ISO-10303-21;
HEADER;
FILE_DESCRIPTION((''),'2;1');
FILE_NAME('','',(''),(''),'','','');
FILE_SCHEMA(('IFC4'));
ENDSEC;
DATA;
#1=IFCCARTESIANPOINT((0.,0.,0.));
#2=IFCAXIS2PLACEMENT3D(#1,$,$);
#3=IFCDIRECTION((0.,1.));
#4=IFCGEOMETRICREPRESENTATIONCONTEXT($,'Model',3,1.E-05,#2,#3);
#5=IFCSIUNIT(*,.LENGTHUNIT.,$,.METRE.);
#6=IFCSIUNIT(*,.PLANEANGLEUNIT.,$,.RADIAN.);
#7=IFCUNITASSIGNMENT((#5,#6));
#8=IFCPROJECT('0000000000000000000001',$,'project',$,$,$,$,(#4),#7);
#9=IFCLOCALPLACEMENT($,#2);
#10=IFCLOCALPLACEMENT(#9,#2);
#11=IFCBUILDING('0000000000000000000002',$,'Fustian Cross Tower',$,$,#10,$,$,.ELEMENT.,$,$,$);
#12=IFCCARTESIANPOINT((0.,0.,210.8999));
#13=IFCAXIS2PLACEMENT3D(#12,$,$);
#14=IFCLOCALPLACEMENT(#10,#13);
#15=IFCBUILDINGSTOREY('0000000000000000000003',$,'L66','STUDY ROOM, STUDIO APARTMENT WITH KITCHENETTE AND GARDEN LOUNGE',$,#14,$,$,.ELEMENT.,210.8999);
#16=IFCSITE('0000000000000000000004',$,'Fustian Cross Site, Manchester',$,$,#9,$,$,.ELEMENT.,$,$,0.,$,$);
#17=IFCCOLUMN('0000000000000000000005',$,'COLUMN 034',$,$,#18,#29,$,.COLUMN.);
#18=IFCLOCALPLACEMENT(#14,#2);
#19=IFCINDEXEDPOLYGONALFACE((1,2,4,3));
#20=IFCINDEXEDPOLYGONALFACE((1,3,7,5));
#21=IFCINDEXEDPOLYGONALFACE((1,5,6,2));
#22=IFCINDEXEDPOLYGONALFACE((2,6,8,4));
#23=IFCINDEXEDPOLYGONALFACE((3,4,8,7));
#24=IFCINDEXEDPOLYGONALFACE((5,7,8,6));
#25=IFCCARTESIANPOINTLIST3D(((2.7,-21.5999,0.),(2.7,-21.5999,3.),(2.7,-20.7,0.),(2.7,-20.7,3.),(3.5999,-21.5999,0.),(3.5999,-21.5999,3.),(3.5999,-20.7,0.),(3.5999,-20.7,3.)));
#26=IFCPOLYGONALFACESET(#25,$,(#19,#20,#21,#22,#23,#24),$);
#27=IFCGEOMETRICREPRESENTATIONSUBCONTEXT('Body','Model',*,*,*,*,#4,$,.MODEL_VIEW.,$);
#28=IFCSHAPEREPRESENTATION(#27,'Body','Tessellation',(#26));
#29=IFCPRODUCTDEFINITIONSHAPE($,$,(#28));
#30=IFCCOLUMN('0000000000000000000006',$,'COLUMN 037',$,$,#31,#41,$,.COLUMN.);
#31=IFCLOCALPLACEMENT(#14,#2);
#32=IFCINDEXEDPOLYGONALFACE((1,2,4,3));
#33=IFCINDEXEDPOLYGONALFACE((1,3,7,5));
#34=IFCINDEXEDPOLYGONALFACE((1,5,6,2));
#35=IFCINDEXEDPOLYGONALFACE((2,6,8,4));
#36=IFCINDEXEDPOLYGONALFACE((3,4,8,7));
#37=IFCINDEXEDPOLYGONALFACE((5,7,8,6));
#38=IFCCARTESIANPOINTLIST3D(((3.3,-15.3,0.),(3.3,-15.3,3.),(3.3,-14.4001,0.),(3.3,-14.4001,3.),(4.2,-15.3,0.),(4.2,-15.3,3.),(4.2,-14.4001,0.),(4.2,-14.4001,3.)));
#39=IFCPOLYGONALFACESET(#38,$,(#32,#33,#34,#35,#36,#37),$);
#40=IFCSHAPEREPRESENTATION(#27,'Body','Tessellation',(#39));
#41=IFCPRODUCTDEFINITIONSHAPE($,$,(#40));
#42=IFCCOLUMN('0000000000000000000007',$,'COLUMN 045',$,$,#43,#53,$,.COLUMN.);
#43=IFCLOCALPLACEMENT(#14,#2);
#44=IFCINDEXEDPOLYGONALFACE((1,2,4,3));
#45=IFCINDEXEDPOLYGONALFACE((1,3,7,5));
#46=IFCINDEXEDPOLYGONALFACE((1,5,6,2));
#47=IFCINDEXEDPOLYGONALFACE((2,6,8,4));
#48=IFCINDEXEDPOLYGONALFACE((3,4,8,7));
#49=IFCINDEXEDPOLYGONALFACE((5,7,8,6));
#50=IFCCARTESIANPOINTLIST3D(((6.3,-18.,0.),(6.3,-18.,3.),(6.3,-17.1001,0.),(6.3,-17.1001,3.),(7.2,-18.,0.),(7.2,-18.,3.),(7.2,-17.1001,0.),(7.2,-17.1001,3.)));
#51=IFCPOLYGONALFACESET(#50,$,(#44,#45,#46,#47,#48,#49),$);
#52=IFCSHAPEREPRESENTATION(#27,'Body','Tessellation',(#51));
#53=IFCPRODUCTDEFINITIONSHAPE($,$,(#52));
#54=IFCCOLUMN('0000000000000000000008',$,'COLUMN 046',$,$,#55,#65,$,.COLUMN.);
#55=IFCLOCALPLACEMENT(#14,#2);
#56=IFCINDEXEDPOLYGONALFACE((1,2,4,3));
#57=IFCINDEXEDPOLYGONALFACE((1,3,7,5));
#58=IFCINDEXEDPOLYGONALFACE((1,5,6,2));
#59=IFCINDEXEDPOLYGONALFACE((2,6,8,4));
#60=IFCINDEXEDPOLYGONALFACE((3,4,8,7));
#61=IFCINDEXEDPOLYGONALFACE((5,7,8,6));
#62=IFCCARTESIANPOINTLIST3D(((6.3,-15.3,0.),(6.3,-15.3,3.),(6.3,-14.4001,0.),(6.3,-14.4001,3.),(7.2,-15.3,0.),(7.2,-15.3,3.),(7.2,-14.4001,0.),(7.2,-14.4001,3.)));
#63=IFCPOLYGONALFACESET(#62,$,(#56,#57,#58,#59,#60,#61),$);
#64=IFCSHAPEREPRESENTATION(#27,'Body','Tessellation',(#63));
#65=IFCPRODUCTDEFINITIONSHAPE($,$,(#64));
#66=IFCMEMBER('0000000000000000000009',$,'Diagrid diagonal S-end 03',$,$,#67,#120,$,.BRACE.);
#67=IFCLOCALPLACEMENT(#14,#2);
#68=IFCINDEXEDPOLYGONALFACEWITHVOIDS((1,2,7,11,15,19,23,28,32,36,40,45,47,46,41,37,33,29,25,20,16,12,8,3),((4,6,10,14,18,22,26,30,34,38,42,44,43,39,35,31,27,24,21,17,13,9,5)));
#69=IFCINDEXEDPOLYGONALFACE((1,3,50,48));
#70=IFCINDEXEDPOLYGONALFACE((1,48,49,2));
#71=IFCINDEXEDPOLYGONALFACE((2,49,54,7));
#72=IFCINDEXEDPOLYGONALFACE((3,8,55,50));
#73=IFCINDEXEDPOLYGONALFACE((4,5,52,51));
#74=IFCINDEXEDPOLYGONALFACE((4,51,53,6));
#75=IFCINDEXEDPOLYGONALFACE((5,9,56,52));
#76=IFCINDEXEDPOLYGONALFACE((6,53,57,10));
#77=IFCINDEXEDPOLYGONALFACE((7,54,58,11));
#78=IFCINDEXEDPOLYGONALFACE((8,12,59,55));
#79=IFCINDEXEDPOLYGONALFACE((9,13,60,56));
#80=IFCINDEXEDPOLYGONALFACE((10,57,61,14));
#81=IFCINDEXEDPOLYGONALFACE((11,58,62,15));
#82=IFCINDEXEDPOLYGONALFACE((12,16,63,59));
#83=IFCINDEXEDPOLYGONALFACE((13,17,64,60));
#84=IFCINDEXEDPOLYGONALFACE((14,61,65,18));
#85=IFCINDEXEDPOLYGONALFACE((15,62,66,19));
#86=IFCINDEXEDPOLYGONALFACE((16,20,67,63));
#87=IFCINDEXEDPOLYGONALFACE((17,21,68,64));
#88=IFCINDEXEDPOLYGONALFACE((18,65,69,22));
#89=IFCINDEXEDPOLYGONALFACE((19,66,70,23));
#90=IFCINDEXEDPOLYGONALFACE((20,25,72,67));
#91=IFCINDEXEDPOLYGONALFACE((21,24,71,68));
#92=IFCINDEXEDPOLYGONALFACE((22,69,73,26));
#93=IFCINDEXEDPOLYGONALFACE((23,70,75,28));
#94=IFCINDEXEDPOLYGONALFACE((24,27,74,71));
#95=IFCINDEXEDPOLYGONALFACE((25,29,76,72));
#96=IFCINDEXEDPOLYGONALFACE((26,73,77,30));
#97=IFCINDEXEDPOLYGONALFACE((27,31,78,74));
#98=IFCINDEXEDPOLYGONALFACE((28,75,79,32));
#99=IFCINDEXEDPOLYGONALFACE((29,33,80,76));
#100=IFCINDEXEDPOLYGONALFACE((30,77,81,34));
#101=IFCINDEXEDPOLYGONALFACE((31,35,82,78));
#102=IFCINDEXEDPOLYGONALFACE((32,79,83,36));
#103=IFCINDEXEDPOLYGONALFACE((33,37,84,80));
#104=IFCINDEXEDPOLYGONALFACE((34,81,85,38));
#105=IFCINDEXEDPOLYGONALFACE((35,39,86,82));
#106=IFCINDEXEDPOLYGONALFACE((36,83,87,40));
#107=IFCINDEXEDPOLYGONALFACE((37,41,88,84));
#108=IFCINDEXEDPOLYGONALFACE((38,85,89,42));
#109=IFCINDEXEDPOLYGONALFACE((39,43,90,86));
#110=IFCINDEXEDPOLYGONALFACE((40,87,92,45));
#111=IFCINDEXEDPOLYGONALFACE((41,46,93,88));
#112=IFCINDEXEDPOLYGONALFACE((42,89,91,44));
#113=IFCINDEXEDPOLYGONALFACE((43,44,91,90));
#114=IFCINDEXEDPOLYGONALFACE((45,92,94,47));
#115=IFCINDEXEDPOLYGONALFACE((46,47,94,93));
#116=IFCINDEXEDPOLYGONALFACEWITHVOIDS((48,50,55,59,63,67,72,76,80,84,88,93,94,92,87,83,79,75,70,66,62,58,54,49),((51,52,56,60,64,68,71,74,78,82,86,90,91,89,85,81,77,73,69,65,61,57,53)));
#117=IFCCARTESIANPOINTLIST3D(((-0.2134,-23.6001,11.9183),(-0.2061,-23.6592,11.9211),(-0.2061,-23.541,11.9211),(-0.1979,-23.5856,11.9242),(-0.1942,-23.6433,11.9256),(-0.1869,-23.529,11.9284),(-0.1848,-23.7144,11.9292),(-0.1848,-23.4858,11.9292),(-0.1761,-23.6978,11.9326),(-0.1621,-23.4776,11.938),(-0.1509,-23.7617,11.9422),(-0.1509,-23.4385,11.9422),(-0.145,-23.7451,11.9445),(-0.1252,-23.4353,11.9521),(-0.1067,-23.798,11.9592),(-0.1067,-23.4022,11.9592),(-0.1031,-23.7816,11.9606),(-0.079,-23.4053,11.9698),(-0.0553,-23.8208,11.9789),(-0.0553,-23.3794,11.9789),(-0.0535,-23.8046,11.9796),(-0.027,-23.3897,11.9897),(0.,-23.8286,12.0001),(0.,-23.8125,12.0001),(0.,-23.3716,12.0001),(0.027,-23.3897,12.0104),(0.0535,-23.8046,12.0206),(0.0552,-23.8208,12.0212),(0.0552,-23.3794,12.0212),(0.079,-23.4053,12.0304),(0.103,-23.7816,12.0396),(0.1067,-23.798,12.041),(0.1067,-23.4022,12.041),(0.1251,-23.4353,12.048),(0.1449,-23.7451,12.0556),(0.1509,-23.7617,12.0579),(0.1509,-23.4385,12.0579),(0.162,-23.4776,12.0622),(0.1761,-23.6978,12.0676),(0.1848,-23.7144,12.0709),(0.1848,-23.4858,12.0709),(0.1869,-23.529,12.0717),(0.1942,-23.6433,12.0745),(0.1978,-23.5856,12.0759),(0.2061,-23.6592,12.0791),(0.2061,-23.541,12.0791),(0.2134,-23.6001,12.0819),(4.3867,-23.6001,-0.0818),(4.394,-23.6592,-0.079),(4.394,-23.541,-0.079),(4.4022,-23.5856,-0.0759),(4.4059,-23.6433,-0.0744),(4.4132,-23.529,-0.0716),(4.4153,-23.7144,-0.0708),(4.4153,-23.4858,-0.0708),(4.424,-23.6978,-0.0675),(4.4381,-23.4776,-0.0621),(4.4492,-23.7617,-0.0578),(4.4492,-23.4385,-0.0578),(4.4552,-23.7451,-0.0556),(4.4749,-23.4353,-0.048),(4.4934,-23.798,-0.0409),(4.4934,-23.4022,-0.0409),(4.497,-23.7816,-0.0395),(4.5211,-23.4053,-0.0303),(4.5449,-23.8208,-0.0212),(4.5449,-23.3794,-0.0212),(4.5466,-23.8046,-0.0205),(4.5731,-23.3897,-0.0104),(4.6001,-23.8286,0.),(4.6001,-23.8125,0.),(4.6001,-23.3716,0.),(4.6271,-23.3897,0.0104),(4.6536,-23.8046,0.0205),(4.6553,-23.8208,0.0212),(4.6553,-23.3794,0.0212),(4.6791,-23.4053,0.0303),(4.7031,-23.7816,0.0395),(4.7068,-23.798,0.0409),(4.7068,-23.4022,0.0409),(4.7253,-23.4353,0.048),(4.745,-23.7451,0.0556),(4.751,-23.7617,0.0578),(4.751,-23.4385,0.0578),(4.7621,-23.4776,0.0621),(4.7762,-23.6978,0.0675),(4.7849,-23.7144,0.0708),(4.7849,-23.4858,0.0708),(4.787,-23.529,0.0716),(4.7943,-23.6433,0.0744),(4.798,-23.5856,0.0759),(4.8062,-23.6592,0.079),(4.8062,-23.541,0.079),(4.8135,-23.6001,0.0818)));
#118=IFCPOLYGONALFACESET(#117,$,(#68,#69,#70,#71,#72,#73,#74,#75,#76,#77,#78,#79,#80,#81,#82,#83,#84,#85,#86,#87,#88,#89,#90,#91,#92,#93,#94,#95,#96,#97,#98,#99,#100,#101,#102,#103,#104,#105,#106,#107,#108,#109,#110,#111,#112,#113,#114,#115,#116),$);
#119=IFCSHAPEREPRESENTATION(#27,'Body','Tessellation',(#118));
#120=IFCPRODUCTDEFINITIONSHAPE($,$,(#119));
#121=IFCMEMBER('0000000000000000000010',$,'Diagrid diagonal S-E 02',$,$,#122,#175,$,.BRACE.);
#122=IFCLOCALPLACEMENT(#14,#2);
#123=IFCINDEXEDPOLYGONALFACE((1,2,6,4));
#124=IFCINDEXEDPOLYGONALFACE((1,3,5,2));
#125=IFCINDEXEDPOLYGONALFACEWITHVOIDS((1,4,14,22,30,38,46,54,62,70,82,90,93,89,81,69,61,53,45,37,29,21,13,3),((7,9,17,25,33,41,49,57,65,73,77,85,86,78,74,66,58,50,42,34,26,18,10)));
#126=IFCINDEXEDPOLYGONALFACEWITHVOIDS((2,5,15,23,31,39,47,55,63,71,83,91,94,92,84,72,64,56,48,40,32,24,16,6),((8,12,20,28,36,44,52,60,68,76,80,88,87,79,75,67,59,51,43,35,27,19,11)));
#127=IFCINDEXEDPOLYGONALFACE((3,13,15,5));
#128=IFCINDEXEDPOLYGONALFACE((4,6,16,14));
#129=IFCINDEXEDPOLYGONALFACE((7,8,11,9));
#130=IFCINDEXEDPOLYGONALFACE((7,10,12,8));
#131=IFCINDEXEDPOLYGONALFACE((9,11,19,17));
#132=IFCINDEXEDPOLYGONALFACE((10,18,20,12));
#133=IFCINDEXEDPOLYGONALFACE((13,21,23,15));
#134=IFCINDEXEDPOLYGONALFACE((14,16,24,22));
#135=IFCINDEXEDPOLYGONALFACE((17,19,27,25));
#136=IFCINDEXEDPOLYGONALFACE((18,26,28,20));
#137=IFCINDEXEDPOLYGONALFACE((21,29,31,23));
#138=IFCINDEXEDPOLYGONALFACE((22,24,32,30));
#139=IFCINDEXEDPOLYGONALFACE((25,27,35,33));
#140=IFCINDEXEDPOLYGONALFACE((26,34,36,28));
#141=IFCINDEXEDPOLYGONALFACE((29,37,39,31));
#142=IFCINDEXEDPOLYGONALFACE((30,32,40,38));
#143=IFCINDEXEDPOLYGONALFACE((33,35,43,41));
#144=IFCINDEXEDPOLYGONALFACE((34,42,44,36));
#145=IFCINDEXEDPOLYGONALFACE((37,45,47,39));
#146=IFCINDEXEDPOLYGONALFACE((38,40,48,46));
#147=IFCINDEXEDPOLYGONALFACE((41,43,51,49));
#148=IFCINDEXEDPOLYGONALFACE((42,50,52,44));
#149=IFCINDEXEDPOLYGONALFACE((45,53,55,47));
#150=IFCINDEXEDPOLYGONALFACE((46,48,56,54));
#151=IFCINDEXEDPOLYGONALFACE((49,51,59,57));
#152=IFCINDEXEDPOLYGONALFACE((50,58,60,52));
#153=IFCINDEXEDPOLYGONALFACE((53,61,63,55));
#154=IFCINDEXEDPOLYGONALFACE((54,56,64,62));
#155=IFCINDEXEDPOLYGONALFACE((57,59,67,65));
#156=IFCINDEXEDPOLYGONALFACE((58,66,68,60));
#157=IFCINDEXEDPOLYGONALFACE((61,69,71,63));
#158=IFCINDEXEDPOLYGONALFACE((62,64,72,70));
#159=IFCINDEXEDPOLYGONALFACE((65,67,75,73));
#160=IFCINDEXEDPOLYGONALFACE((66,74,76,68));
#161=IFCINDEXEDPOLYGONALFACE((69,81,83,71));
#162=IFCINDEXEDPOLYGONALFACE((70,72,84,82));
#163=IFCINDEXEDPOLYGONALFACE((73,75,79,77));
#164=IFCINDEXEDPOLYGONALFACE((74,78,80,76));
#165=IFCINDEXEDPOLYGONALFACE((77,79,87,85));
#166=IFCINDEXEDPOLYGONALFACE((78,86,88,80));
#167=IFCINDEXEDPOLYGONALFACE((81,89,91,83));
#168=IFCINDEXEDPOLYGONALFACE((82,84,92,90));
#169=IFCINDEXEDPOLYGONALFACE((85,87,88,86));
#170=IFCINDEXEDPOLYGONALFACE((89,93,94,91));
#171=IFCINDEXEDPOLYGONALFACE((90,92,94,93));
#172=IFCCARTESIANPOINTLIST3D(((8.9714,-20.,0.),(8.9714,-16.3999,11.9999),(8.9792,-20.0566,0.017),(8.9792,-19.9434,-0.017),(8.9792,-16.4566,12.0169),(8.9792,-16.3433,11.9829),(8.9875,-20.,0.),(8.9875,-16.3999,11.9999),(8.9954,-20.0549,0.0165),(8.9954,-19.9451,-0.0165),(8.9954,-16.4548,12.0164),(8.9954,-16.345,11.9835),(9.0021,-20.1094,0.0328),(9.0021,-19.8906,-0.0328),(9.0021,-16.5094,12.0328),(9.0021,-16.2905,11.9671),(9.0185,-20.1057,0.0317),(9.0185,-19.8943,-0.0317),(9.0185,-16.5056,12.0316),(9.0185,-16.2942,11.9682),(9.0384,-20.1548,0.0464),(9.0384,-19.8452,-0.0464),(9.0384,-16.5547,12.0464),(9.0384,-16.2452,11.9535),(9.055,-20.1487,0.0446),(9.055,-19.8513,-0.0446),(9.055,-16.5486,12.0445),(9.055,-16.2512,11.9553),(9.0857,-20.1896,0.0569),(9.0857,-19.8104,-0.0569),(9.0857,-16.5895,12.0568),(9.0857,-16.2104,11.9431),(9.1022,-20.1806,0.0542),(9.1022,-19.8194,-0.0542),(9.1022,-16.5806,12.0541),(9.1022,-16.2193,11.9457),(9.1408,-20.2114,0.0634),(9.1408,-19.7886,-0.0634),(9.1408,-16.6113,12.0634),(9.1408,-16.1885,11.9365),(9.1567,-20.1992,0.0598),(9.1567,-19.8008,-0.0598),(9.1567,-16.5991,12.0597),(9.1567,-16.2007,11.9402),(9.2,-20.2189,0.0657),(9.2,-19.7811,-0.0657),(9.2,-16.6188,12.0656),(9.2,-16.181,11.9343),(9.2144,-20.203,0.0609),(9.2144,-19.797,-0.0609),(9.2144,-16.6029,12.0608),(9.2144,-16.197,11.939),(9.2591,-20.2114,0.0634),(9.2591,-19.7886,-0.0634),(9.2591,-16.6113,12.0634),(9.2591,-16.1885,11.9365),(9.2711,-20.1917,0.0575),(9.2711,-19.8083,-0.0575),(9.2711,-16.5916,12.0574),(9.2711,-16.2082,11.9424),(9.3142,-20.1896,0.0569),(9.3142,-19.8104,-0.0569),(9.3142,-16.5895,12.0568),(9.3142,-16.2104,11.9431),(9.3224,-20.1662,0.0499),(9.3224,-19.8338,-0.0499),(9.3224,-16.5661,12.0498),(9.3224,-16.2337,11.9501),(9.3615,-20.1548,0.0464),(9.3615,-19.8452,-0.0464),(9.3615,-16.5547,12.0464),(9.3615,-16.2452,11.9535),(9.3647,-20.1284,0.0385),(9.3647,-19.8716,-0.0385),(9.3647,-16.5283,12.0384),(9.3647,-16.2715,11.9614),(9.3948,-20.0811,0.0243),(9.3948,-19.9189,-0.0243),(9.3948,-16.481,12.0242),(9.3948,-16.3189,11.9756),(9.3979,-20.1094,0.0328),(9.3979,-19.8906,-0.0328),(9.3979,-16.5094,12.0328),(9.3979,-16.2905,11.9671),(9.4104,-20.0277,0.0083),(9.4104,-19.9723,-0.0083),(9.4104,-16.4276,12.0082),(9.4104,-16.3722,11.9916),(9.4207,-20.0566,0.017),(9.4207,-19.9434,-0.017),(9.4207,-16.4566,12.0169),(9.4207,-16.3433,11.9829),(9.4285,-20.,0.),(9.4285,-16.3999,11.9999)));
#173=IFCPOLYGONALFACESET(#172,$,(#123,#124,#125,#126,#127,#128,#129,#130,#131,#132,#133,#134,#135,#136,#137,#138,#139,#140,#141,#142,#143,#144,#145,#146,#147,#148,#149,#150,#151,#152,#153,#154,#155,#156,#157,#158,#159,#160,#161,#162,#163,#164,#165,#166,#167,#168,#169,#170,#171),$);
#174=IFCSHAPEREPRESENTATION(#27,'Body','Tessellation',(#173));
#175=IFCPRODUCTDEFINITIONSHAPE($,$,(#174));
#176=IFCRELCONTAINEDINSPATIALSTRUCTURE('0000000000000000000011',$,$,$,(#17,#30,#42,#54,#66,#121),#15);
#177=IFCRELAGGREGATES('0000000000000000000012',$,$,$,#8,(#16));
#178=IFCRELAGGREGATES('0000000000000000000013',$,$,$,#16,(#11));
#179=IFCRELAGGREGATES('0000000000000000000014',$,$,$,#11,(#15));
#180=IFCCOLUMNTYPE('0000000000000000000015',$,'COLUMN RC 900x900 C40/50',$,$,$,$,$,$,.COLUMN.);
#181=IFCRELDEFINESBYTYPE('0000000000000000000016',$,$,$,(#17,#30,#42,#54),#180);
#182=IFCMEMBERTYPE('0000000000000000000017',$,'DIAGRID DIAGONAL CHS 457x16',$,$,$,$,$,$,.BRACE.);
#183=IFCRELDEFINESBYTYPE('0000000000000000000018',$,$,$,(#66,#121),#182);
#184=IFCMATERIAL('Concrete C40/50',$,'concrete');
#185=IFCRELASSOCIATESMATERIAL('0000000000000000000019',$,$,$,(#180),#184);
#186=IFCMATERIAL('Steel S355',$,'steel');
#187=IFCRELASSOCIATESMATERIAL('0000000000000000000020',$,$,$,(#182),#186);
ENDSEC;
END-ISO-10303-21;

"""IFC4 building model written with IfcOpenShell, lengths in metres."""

from ifc_helpers import new_model, si_unit, direction, frame, origin, origin_2d, place, context, subcontext, project, spatial, rectangle, hollow_circle, extrude, material, material_profile, profile_set, type_object, element, save


model = new_model("IFC4")

# Units and contexts
model_context = context("Model", 3, precision=1e-05, world=origin(), true_north=direction((0.0, 1.0)))
body_context = subcontext(model_context, "Body", "Model", "MODEL_VIEW")
ifc_project = project(units=[si_unit("LENGTHUNIT", "METRE"), si_unit("PLANEANGLEUNIT", "RADIAN")], contexts=[model_context])

# Site, building, storey
site_placement = place(None, origin())
site = spatial("IfcSite", under=ifc_project, at=site_placement, Name="Fustian Cross Site, Manchester", CompositionType="ELEMENT", RefElevation=0.0)
building_placement = place(site_placement, origin())
building = spatial("IfcBuilding", under=site, at=building_placement, Name="Fustian Cross Tower", CompositionType="ELEMENT")
storey_placement = place(building_placement, frame((0.0, 0.0, 210.8999)))
storey = spatial("IfcBuildingStorey", under=building, at=storey_placement, Name="L66", Description="STUDY ROOM, STUDIO APARTMENT WITH KITCHENETTE AND GARDEN LOUNGE", CompositionType="ELEMENT", Elevation=210.8999)

# Columns
ifc_material_1 = material(Name="Concrete C40/50", Category="concrete")
ifc_material_profile_1 = material_profile(ifc_material_1, rectangle(XDim=0.8999, YDim=0.8999, at=origin_2d()), Name="RC 900x900")
ifc_profile_set_1 = profile_set([ifc_material_profile_1], Name="Concrete C40/50")
column_type = type_object("IfcColumnType", Name="COLUMN RC 900x900 C40/50", PredefinedType="COLUMN", material=ifc_profile_set_1)
for number, where, z_axis, x_axis, name in (
    (1, (3.1499, -21.1499, 0.0), (0.0, 0.0, 1.0), (1.0, 0.0, 0.0), "COLUMN 034"),
    (2, (3.75, -14.8501, 0.0), (0.0, 0.0, 1.0), (1.0, 0.0, 0.0), "COLUMN 037"),
    (3, (6.75, -17.55, 0.0), (0.0, 0.0, 1.0), (1.0, 0.0, 0.0), "COLUMN 045"),
    (4, (6.75, -14.8501, 0.0), (0.0, 0.0, 1.0), (1.0, 0.0, 0.0), "COLUMN 046"),
):
    element("IfcColumn", number, at=place(storey_placement, frame(where, z_axis=z_axis, x_axis=x_axis)), inside=storey, type_object=column_type, Name=name, PredefinedType="COLUMN", context=body_context, shape_type="SweptSolid", body=[
        extrude(rectangle(XDim=0.8999, YDim=0.8999, at=origin_2d()), origin(), (0.0, 0.0, 1.0), 3.0),
    ])

# Members
ifc_material_2 = material(Name="Steel S355", Category="steel")
ifc_material_profile_2 = material_profile(ifc_material_2, hollow_circle(Radius=0.2285, WallThickness=0.0161, at=origin_2d()), Name="CHS 457x16")
ifc_profile_set_2 = profile_set([ifc_material_profile_2], Name="Steel S355")
member_type_1 = type_object("IfcMemberType", Name="DIAGRID DIAGONAL CHS 457x16", PredefinedType="BRACE", material=ifc_profile_set_2)
member_1_placement = place(storey_placement, frame((4.6001, -23.6001, 0.0), z_axis=(-0.357943, 0.0, 0.933744), x_axis=(0.0, -1.0, 0.0)))
element("IfcMember", 5, at=member_1_placement, inside=storey, type_object=member_type_1, Name="Diagrid diagonal S-end 03", PredefinedType="BRACE", context=body_context, shape_type="SweptSolid", body=[
    extrude(hollow_circle(Radius=0.2285, WallThickness=0.0161, at=origin_2d()), origin(), (0.0, 0.0, 1.0), 12.8516),
])
member_2_placement = place(storey_placement, frame((9.2, -20.0, 0.0), z_axis=(0.0, 0.287355, 0.957824), x_axis=(-1.0, 0.0, 0.0)))
element("IfcMember", 6, at=member_2_placement, inside=storey, type_object=member_type_1, Name="Diagrid diagonal S-E 02", PredefinedType="BRACE", context=body_context, shape_type="SweptSolid", body=[
    extrude(hollow_circle(Radius=0.2285, WallThickness=0.0161, at=origin_2d()), origin(), (0.0, 0.0, 1.0), 12.5283),
])

save(model, "model.ifc")
